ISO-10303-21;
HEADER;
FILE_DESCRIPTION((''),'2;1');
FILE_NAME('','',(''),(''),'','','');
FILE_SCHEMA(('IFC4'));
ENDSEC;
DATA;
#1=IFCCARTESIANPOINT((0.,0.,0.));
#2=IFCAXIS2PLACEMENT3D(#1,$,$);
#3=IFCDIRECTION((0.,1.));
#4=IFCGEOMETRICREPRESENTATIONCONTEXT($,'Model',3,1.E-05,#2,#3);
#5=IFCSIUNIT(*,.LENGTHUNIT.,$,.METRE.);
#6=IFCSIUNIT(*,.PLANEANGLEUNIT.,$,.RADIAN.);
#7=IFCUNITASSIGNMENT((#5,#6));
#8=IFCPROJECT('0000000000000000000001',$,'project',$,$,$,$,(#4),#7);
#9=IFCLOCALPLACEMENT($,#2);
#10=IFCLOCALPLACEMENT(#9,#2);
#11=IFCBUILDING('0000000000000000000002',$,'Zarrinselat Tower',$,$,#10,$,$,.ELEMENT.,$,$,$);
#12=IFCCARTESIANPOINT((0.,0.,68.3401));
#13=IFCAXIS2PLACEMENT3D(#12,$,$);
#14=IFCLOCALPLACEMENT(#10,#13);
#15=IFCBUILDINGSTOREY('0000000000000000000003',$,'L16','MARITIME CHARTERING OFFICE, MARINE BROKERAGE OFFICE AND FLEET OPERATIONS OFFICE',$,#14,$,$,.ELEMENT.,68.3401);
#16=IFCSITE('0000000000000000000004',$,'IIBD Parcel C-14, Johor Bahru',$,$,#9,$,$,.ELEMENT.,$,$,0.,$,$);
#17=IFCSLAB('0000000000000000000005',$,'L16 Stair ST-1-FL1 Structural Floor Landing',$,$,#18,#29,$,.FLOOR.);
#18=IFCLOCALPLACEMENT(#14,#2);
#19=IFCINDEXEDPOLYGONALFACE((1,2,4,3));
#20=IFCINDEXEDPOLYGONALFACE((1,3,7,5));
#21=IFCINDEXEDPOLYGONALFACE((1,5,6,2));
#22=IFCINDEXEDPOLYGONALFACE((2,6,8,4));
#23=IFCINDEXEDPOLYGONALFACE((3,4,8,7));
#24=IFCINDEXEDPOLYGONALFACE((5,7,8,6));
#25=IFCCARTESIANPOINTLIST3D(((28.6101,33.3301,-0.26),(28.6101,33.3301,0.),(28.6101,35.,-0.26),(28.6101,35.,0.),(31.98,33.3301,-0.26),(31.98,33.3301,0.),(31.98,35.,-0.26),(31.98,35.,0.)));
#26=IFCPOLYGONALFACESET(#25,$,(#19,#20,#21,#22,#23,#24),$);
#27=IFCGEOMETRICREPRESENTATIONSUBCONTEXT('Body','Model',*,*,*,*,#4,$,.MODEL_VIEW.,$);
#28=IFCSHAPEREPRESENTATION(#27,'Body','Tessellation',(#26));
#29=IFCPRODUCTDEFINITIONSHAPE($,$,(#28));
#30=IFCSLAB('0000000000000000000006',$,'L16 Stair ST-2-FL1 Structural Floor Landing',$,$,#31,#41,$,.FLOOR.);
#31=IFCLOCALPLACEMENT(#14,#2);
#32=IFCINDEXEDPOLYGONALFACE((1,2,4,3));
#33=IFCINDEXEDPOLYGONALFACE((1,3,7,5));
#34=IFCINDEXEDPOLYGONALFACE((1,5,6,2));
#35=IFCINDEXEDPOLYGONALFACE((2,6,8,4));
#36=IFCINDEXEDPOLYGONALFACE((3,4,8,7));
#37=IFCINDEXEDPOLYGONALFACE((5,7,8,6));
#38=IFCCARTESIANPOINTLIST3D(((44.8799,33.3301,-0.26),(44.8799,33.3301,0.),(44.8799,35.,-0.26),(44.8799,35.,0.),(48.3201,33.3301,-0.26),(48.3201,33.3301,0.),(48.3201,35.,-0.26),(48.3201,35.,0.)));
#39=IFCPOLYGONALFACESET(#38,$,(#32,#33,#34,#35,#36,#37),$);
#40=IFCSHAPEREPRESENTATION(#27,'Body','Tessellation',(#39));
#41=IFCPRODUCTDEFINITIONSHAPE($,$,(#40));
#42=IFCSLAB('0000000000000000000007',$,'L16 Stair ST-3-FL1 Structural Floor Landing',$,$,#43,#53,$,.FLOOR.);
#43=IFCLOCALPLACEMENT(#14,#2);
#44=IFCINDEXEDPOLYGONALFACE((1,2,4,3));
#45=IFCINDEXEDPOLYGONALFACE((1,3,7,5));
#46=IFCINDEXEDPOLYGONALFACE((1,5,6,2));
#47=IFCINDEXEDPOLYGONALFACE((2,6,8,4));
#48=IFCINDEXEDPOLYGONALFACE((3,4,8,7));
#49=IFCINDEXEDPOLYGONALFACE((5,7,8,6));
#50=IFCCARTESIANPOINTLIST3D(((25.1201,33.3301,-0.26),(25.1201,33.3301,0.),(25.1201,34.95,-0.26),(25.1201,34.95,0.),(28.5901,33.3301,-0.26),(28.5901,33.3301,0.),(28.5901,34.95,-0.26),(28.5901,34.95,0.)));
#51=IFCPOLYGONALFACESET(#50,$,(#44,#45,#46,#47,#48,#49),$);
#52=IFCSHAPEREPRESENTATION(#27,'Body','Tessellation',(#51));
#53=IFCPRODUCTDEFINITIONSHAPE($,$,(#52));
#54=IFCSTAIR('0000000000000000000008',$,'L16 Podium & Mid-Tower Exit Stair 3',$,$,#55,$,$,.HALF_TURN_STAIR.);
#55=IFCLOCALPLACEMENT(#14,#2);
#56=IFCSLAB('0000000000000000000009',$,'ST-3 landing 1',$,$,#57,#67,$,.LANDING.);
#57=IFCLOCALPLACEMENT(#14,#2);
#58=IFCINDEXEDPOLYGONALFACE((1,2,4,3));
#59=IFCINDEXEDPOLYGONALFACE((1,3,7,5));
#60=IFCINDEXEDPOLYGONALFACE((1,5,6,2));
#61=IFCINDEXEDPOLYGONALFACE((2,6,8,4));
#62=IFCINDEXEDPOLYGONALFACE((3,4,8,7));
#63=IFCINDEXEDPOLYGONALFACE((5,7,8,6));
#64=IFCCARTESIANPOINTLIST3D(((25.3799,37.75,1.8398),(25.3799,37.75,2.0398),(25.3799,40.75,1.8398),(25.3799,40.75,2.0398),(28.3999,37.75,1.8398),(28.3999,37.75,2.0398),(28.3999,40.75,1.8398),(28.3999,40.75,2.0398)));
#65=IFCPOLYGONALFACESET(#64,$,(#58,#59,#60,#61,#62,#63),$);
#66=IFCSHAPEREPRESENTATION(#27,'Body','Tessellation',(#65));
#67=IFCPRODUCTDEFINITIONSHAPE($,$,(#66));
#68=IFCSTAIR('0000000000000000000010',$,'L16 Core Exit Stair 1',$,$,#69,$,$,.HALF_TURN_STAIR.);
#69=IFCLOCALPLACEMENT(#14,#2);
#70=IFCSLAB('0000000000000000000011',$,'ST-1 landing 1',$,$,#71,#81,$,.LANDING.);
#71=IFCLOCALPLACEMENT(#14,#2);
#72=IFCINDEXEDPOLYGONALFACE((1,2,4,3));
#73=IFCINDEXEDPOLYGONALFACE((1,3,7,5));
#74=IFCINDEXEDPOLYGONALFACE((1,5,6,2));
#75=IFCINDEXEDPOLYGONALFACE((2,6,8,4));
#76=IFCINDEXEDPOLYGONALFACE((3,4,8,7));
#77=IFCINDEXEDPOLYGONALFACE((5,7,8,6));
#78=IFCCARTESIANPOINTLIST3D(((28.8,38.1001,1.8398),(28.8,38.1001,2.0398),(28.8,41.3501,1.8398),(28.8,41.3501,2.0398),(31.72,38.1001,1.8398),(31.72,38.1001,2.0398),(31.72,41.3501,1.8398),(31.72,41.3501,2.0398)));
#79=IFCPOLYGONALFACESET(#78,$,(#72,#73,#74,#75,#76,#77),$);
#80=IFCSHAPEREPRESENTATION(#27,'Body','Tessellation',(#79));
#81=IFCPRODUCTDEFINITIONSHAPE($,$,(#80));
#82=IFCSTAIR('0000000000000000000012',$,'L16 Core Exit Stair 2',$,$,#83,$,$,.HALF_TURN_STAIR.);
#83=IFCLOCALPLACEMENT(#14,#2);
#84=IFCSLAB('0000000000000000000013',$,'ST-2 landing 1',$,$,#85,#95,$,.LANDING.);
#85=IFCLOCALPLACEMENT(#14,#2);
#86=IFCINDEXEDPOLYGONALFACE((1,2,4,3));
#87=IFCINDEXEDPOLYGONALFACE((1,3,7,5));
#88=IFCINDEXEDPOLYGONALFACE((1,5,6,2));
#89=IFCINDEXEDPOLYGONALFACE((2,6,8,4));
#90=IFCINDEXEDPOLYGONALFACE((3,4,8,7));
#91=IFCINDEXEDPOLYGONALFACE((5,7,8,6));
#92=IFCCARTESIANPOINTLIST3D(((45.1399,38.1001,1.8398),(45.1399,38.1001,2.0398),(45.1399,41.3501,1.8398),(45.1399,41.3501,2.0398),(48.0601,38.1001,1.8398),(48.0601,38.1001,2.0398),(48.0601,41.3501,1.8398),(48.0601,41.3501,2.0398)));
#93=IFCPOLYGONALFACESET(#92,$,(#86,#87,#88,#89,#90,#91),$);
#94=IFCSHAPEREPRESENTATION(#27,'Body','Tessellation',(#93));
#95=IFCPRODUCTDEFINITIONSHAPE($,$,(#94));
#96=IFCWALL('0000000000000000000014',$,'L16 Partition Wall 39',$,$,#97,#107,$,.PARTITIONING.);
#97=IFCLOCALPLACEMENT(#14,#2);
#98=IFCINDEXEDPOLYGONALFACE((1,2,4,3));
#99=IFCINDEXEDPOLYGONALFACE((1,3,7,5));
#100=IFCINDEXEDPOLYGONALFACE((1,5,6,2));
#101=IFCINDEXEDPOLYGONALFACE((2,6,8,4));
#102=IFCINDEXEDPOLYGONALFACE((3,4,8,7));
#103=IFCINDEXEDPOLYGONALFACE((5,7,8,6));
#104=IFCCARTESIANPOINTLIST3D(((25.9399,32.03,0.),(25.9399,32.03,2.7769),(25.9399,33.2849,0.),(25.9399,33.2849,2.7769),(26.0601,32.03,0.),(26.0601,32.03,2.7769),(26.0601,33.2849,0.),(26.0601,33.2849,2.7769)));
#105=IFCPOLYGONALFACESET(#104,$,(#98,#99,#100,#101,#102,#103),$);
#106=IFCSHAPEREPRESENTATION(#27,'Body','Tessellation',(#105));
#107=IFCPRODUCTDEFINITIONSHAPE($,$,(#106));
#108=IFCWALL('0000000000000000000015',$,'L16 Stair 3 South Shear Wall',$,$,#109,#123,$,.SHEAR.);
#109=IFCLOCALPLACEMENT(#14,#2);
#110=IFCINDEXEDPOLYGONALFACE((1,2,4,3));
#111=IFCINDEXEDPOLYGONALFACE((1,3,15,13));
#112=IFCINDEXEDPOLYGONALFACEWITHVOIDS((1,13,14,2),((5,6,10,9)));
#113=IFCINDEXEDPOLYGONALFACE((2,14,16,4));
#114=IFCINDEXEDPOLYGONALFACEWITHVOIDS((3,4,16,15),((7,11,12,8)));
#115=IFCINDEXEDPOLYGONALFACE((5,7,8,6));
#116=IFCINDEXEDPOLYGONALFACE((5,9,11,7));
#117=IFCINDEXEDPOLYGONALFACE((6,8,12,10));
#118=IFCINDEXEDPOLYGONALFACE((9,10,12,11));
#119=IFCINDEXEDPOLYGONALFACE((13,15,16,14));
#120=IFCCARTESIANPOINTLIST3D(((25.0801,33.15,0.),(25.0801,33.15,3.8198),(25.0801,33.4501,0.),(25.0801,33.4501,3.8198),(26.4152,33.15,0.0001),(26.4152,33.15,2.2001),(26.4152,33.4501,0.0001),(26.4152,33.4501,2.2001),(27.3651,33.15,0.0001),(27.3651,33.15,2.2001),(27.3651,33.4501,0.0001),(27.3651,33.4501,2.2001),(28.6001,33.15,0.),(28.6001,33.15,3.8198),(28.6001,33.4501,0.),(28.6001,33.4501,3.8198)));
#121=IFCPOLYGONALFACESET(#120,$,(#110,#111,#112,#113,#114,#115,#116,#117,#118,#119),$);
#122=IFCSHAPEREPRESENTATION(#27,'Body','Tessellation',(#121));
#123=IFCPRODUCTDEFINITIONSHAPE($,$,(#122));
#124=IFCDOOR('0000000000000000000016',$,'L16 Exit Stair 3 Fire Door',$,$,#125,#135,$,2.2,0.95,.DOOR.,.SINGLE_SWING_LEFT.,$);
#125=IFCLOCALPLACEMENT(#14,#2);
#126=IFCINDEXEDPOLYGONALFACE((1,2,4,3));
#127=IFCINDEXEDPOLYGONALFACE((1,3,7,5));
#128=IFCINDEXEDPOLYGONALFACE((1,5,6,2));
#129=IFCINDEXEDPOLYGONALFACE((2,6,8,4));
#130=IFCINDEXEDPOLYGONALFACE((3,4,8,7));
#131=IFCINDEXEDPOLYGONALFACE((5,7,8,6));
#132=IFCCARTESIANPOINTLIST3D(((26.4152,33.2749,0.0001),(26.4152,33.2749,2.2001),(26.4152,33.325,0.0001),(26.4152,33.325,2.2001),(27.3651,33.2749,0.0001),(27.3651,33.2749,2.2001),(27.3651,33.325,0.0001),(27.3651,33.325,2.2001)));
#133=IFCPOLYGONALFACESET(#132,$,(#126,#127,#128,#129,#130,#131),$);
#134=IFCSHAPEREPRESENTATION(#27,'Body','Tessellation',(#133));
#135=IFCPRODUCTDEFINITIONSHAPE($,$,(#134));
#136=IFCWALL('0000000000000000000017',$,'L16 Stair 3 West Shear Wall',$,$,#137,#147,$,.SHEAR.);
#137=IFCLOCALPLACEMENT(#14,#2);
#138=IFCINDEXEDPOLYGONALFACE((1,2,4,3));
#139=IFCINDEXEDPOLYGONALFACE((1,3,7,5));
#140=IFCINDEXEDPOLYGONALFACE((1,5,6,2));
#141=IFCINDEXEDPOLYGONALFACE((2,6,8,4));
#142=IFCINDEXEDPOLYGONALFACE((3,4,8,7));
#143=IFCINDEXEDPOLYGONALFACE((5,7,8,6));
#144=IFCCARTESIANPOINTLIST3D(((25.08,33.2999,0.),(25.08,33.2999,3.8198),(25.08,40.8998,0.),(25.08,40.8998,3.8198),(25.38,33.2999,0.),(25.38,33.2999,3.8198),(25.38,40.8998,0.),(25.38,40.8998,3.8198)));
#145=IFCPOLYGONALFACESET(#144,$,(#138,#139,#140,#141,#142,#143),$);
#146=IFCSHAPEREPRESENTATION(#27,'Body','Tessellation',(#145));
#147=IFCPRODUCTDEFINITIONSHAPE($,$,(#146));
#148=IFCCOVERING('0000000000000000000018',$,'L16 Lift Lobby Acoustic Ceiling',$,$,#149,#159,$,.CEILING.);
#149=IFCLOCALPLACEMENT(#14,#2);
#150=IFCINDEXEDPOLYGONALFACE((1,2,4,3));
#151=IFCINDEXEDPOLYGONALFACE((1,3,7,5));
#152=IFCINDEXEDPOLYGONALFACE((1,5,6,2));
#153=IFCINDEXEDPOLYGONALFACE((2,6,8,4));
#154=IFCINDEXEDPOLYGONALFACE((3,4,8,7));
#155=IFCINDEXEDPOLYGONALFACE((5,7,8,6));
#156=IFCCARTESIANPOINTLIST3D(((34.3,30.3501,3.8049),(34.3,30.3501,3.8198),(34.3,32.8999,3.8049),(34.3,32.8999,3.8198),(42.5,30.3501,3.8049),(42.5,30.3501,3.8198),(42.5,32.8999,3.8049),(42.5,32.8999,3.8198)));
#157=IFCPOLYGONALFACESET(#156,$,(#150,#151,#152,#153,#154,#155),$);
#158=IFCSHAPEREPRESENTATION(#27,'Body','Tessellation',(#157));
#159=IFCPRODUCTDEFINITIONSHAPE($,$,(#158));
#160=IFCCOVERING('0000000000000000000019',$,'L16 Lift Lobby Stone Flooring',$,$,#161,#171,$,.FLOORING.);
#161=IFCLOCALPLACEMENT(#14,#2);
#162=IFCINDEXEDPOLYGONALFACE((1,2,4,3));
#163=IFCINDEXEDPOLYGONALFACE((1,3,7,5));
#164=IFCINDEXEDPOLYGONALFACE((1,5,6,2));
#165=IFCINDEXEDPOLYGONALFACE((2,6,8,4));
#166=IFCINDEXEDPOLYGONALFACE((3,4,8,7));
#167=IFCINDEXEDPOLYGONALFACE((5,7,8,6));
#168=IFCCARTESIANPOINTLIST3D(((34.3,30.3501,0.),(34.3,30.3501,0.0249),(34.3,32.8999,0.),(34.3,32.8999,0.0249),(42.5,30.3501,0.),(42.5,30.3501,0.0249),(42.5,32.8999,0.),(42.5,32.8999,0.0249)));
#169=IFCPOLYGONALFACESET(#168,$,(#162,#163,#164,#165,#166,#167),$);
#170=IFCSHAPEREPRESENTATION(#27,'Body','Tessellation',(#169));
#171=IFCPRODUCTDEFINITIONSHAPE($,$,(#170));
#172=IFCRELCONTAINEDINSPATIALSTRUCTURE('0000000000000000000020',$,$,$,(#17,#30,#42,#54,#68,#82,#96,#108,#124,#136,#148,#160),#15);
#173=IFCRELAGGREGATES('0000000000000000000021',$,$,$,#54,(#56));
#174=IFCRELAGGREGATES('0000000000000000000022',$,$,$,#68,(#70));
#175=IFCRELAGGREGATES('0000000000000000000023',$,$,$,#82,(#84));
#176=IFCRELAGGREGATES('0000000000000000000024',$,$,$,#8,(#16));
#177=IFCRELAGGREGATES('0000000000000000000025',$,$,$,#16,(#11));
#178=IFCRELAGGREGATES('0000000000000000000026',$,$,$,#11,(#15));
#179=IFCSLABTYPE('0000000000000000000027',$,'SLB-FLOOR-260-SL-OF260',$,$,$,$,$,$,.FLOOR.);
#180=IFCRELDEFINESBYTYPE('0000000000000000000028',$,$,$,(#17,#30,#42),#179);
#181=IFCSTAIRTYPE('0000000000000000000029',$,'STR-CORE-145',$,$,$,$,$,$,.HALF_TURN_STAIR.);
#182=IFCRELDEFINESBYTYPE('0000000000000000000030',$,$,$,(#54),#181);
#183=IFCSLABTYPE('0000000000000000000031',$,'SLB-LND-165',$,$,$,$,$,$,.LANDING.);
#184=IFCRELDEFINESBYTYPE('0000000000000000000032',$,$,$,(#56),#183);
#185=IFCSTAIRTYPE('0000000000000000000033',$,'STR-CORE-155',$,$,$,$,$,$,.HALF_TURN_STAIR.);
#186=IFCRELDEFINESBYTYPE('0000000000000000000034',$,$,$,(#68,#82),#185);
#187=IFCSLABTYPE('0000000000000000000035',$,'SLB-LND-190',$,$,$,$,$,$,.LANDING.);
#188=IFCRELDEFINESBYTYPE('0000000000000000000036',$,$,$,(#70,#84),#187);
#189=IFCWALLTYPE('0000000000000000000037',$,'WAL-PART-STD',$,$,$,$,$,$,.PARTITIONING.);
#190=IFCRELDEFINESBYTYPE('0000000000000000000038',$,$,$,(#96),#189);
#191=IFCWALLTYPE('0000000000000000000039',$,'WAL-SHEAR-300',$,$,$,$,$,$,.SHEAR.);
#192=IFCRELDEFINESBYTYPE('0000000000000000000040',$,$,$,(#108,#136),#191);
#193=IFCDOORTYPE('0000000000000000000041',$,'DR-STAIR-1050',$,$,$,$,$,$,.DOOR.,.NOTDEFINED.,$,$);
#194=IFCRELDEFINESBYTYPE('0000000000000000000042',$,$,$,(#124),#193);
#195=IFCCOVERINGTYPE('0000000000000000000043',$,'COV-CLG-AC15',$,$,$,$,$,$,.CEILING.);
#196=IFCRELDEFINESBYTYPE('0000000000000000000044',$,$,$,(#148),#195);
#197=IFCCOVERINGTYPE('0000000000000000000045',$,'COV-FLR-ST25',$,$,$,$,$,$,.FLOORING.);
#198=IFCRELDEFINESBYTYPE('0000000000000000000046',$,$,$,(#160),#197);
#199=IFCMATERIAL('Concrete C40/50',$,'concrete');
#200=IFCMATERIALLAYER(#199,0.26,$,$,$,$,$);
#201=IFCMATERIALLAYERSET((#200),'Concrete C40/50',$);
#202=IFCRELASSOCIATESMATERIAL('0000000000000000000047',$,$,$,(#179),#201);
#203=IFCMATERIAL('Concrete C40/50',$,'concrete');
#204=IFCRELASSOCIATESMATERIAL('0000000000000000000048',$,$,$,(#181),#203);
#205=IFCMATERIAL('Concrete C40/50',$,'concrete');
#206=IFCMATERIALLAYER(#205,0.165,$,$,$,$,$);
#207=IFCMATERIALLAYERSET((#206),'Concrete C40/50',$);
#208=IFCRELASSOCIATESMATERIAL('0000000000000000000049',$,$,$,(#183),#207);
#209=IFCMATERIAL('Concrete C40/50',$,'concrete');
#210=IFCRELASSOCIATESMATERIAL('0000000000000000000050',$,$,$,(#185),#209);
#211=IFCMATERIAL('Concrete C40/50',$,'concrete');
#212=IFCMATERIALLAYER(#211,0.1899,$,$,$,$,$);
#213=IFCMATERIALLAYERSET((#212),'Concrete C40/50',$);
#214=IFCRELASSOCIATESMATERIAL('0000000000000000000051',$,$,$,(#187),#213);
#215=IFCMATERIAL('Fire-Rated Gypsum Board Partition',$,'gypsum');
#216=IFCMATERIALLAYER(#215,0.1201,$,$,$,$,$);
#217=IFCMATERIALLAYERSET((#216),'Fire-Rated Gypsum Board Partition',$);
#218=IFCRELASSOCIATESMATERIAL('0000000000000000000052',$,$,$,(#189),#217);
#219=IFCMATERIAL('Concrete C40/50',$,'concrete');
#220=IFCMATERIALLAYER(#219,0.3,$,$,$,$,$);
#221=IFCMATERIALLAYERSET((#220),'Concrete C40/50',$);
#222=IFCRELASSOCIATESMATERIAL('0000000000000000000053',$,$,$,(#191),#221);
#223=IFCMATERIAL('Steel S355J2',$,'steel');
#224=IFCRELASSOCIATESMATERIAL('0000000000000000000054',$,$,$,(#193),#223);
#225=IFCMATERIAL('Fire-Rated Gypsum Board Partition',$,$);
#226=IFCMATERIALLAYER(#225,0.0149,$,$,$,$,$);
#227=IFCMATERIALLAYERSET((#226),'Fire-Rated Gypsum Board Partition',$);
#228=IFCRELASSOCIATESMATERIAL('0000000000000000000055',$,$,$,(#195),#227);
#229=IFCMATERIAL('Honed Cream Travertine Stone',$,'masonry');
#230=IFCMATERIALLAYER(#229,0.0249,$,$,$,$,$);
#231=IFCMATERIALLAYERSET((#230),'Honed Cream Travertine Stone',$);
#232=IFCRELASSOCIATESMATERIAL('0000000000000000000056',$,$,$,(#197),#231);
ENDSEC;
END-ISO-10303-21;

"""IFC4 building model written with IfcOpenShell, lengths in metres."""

from ifc_helpers import new_model, si_unit, direction, frame, frame_2d, origin, place, context, subcontext, project, spatial, polyline, rectangle, outline, extrude, material, layer, layer_set, type_object, element, fill, aggregate, save


model = new_model("IFC4")

# Units and contexts
model_context = context("Model", 3, precision=1e-05, world=origin(), true_north=direction((0.0, 1.0)))
body_context = subcontext(model_context, "Body", "Model", "MODEL_VIEW")
ifc_project = project(units=[si_unit("LENGTHUNIT", "METRE"), si_unit("PLANEANGLEUNIT", "RADIAN")], contexts=[model_context])

# Site, building, storey
site_placement = place(None, origin())
site = spatial("IfcSite", under=ifc_project, at=site_placement, Name="IIBD Parcel C-14, Johor Bahru", CompositionType="ELEMENT", RefElevation=0.0)
building_placement = place(site_placement, origin())
building = spatial("IfcBuilding", under=site, at=building_placement, Name="Zarrinselat Tower", CompositionType="ELEMENT")
storey_placement = place(building_placement, frame((0.0, 0.0, 68.3401)))
storey = spatial("IfcBuildingStorey", under=building, at=storey_placement, Name="L16", Description="MARITIME CHARTERING OFFICE, MARINE BROKERAGE OFFICE AND FLEET OPERATIONS OFFICE", CompositionType="ELEMENT", Elevation=68.3401)

# Slabs
ifc_material_1 = material(Name="Concrete C40/50", Category="concrete")
ifc_layer_1 = layer(ifc_material_1, 0.26)
ifc_layer_set_1 = layer_set([ifc_layer_1], Name="Concrete C40/50")
slab_type_1 = type_object("IfcSlabType", Name="SLB-FLOOR-260-SL-OF260", PredefinedType="FLOOR", material=ifc_layer_set_1)
slab_1_placement = place(storey_placement, frame((0.0, 0.0, -0.26)))
element("IfcSlab", 1, at=slab_1_placement, inside=storey, type_object=slab_type_1, Name="L16 Stair ST-1-FL1 Structural Floor Landing", PredefinedType="FLOOR", context=body_context, shape_type="SweptSolid", body=[
    extrude(outline(polyline([(31.98, 33.3301), (31.98, 35.0), (28.6101, 35.0), (28.6101, 33.3301), (31.98, 33.3301)])), origin(), (0.0, 0.0, 1.0), 0.26),
])
slab_2_placement = place(storey_placement, frame((0.0, 0.0, -0.26)))
element("IfcSlab", 2, at=slab_2_placement, inside=storey, type_object=slab_type_1, Name="L16 Stair ST-2-FL1 Structural Floor Landing", PredefinedType="FLOOR", context=body_context, shape_type="SweptSolid", body=[
    extrude(outline(polyline([(48.3201, 33.3301), (48.3201, 35.0), (44.8799, 35.0), (44.8799, 33.3301), (48.3201, 33.3301)])), origin(), (0.0, 0.0, 1.0), 0.26),
])
slab_3_placement = place(storey_placement, frame((0.0, 0.0, -0.26)))
element("IfcSlab", 3, at=slab_3_placement, inside=storey, type_object=slab_type_1, Name="L16 Stair ST-3-FL1 Structural Floor Landing", PredefinedType="FLOOR", context=body_context, shape_type="SweptSolid", body=[
    extrude(outline(polyline([(28.5901, 33.3301), (28.5901, 34.95), (25.1201, 34.95), (25.1201, 33.3301), (28.5901, 33.3301)])), origin(), (0.0, 0.0, 1.0), 0.26),
])

# Stairs, slabs
ifc_material_2 = material(Name="Concrete C40/50", Category="concrete")
stair_type_1 = type_object("IfcStairType", Name="STR-CORE-145", PredefinedType="HALF_TURN_STAIR", material=ifc_material_2)
stair_1_placement = place(storey_placement, origin())
stair_1 = element("IfcStair", 4, at=stair_1_placement, inside=storey, type_object=stair_type_1, Name="L16 Podium & Mid-Tower Exit Stair 3", PredefinedType="HALF_TURN_STAIR")
ifc_material_3 = material(Name="Concrete C40/50", Category="concrete")
ifc_layer_2 = layer(ifc_material_3, 0.165)
ifc_layer_set_2 = layer_set([ifc_layer_2], Name="Concrete C40/50")
slab_type_2 = type_object("IfcSlabType", Name="SLB-LND-165", PredefinedType="LANDING", material=ifc_layer_set_2)
slab_4_placement = place(storey_placement, frame((0.0, 0.0, 1.8398)))
slab_4 = element("IfcSlab", 5, at=slab_4_placement, type_object=slab_type_2, Name="ST-3 landing 1", PredefinedType="LANDING", context=body_context, shape_type="SweptSolid", body=[
    extrude(outline(polyline([(28.3999, 37.75), (28.3999, 40.75), (25.3799, 40.75), (25.3799, 37.75), (28.3999, 37.75)])), origin(), (0.0, 0.0, 1.0), 0.2),
])
aggregate(stair_1, [slab_4])
ifc_material_4 = material(Name="Concrete C40/50", Category="concrete")
stair_type_2 = type_object("IfcStairType", Name="STR-CORE-155", PredefinedType="HALF_TURN_STAIR", material=ifc_material_4)
stair_2_placement = place(storey_placement, origin())
stair_2 = element("IfcStair", 6, at=stair_2_placement, inside=storey, type_object=stair_type_2, Name="L16 Core Exit Stair 1", PredefinedType="HALF_TURN_STAIR")
ifc_material_5 = material(Name="Concrete C40/50", Category="concrete")
ifc_layer_3 = layer(ifc_material_5, 0.1899)
ifc_layer_set_3 = layer_set([ifc_layer_3], Name="Concrete C40/50")
slab_type_3 = type_object("IfcSlabType", Name="SLB-LND-190", PredefinedType="LANDING", material=ifc_layer_set_3)
slab_5_placement = place(storey_placement, frame((0.0, 0.0, 1.8398)))
slab_5 = element("IfcSlab", 7, at=slab_5_placement, type_object=slab_type_3, Name="ST-1 landing 1", PredefinedType="LANDING", context=body_context, shape_type="SweptSolid", body=[
    extrude(outline(polyline([(31.72, 38.1001), (31.72, 41.3501), (28.8, 41.3501), (28.8, 38.1001), (31.72, 38.1001)])), origin(), (0.0, 0.0, 1.0), 0.2),
])
aggregate(stair_2, [slab_5])
stair_3_placement = place(storey_placement, origin())
stair_3 = element("IfcStair", 8, at=stair_3_placement, inside=storey, type_object=stair_type_2, Name="L16 Core Exit Stair 2", PredefinedType="HALF_TURN_STAIR")
slab_6_placement = place(storey_placement, frame((0.0, 0.0, 1.8398)))
slab_6 = element("IfcSlab", 9, at=slab_6_placement, type_object=slab_type_3, Name="ST-2 landing 1", PredefinedType="LANDING", context=body_context, shape_type="SweptSolid", body=[
    extrude(outline(polyline([(48.0601, 38.1001), (48.0601, 41.3501), (45.1399, 41.3501), (45.1399, 38.1001), (48.0601, 38.1001)])), origin(), (0.0, 0.0, 1.0), 0.2),
])
aggregate(stair_3, [slab_6])

# Wall
ifc_material_6 = material(Name="Fire-Rated Gypsum Board Partition", Category="gypsum")
ifc_layer_4 = layer(ifc_material_6, 0.1201)
ifc_layer_set_4 = layer_set([ifc_layer_4], Name="Fire-Rated Gypsum Board Partition")
wall_type_1 = type_object("IfcWallType", Name="WAL-PART-STD", PredefinedType="PARTITIONING", material=ifc_layer_set_4)
wall_1_placement = place(storey_placement, frame((26.0, 32.03, 0.0), z_axis=(0.0, 0.0, 1.0), x_axis=(0.0, 1.0, 0.0)))
element("IfcWall", 10, at=wall_1_placement, inside=storey, type_object=wall_type_1, Name="L16 Partition Wall 39", PredefinedType="PARTITIONING", context=body_context, shape_type="SweptSolid", body=[
    extrude(rectangle(XDim=1.2549, YDim=0.1201, at=frame_2d((0.6274, 0.0))), origin(), (0.0, 0.0, 1.0), 2.7769),
])

# Wall, opening, door
ifc_material_7 = material(Name="Concrete C40/50", Category="concrete")
ifc_layer_5 = layer(ifc_material_7, 0.3)
ifc_layer_set_5 = layer_set([ifc_layer_5], Name="Concrete C40/50")
wall_type_2 = type_object("IfcWallType", Name="WAL-SHEAR-300", PredefinedType="SHEAR", material=ifc_layer_set_5)
wall_2_placement = place(storey_placement, frame((25.0801, 33.3, 0.0), z_axis=(0.0, 0.0, 1.0), x_axis=(1.0, 0.0, 0.0)))
wall_2 = element("IfcWall", 11, at=wall_2_placement, inside=storey, type_object=wall_type_2, Name="L16 Stair 3 South Shear Wall", PredefinedType="SHEAR", context=body_context, shape_type="SweptSolid", body=[
    extrude(rectangle(XDim=3.52, YDim=0.3, at=frame_2d((1.76, 0.0))), origin(), (0.0, 0.0, 1.0), 3.8198),
])
opening_placement = place(wall_2_placement, frame((1.335, 0.0, 0.0)))
opening = element("IfcOpeningElement", 12, at=opening_placement, cuts=wall_2, PredefinedType="OPENING", context=body_context, shape_type="SweptSolid", body=[
    extrude(rectangle(XDim=0.95, YDim=2.2, at=frame_2d((0.4751, 1.1001))), frame((0.0, 0.1599, 0.0), z_axis=(0.0, -1.0, 0.0), x_axis=(1.0, 0.0, 0.0)), (0.0, 0.0, 1.0), 0.3201),
])
ifc_material_8 = material(Name="Steel S355J2", Category="steel")
door_type = type_object("IfcDoorType", Name="DR-STAIR-1050", OperationType="NOTDEFINED", PredefinedType="DOOR", material=ifc_material_8)
door_placement = place(opening_placement, origin())
door = element("IfcDoor", 13, at=door_placement, inside=storey, type_object=door_type, Name="L16 Exit Stair 3 Fire Door", OperationType="SINGLE_SWING_LEFT", OverallHeight=2.2, OverallWidth=0.95, PredefinedType="DOOR", context=body_context, shape_type="SweptSolid", body=[
    extrude(rectangle(XDim=0.95, YDim=2.2, at=frame_2d((0.4751, 1.1001))), frame((0.0, 0.0249, 0.0), z_axis=(0.0, -1.0, 0.0), x_axis=(1.0, 0.0, 0.0)), (0.0, 0.0, 1.0), 0.05),
])
fill(opening, door)

# Wall
wall_3_placement = place(storey_placement, frame((25.23, 33.3, 0.0), z_axis=(0.0, 0.0, 1.0), x_axis=(0.0, 1.0, 0.0)))
element("IfcWall", 14, at=wall_3_placement, inside=storey, type_object=wall_type_2, Name="L16 Stair 3 West Shear Wall", PredefinedType="SHEAR", context=body_context, shape_type="SweptSolid", body=[
    extrude(rectangle(XDim=7.5999, YDim=0.3, at=frame_2d((3.7998, 0.0))), origin(), (0.0, 0.0, 1.0), 3.8198),
])

# Coverings
ifc_material_9 = material(Name="Fire-Rated Gypsum Board Partition")
ifc_layer_6 = layer(ifc_material_9, 0.0149)
ifc_layer_set_6 = layer_set([ifc_layer_6], Name="Fire-Rated Gypsum Board Partition")
covering_type_1 = type_object("IfcCoveringType", Name="COV-CLG-AC15", PredefinedType="CEILING", material=ifc_layer_set_6)
covering_1_placement = place(storey_placement, frame((0.0, 0.0, 3.8049)))
element("IfcCovering", 15, at=covering_1_placement, inside=storey, type_object=covering_type_1, Name="L16 Lift Lobby Acoustic Ceiling", PredefinedType="CEILING", context=body_context, shape_type="SweptSolid", body=[
    extrude(outline(polyline([(34.3, 30.3501), (42.5, 30.3501), (42.5, 32.8999), (34.3, 32.8999), (34.3, 30.3501)])), origin(), (0.0, 0.0, 1.0), 0.0149),
])
ifc_material_10 = material(Name="Honed Cream Travertine Stone", Category="masonry")
ifc_layer_7 = layer(ifc_material_10, 0.0249)
ifc_layer_set_7 = layer_set([ifc_layer_7], Name="Honed Cream Travertine Stone")
covering_type_2 = type_object("IfcCoveringType", Name="COV-FLR-ST25", PredefinedType="FLOORING", material=ifc_layer_set_7)
covering_2_placement = place(storey_placement, origin())
element("IfcCovering", 16, at=covering_2_placement, inside=storey, type_object=covering_type_2, Name="L16 Lift Lobby Stone Flooring", PredefinedType="FLOORING", context=body_context, shape_type="SweptSolid", body=[
    extrude(outline(polyline([(34.3, 30.3501), (42.5, 30.3501), (42.5, 32.8999), (34.3, 32.8999), (34.3, 30.3501)])), origin(), (0.0, 0.0, 1.0), 0.0249),
])

save(model, "model.ifc")
